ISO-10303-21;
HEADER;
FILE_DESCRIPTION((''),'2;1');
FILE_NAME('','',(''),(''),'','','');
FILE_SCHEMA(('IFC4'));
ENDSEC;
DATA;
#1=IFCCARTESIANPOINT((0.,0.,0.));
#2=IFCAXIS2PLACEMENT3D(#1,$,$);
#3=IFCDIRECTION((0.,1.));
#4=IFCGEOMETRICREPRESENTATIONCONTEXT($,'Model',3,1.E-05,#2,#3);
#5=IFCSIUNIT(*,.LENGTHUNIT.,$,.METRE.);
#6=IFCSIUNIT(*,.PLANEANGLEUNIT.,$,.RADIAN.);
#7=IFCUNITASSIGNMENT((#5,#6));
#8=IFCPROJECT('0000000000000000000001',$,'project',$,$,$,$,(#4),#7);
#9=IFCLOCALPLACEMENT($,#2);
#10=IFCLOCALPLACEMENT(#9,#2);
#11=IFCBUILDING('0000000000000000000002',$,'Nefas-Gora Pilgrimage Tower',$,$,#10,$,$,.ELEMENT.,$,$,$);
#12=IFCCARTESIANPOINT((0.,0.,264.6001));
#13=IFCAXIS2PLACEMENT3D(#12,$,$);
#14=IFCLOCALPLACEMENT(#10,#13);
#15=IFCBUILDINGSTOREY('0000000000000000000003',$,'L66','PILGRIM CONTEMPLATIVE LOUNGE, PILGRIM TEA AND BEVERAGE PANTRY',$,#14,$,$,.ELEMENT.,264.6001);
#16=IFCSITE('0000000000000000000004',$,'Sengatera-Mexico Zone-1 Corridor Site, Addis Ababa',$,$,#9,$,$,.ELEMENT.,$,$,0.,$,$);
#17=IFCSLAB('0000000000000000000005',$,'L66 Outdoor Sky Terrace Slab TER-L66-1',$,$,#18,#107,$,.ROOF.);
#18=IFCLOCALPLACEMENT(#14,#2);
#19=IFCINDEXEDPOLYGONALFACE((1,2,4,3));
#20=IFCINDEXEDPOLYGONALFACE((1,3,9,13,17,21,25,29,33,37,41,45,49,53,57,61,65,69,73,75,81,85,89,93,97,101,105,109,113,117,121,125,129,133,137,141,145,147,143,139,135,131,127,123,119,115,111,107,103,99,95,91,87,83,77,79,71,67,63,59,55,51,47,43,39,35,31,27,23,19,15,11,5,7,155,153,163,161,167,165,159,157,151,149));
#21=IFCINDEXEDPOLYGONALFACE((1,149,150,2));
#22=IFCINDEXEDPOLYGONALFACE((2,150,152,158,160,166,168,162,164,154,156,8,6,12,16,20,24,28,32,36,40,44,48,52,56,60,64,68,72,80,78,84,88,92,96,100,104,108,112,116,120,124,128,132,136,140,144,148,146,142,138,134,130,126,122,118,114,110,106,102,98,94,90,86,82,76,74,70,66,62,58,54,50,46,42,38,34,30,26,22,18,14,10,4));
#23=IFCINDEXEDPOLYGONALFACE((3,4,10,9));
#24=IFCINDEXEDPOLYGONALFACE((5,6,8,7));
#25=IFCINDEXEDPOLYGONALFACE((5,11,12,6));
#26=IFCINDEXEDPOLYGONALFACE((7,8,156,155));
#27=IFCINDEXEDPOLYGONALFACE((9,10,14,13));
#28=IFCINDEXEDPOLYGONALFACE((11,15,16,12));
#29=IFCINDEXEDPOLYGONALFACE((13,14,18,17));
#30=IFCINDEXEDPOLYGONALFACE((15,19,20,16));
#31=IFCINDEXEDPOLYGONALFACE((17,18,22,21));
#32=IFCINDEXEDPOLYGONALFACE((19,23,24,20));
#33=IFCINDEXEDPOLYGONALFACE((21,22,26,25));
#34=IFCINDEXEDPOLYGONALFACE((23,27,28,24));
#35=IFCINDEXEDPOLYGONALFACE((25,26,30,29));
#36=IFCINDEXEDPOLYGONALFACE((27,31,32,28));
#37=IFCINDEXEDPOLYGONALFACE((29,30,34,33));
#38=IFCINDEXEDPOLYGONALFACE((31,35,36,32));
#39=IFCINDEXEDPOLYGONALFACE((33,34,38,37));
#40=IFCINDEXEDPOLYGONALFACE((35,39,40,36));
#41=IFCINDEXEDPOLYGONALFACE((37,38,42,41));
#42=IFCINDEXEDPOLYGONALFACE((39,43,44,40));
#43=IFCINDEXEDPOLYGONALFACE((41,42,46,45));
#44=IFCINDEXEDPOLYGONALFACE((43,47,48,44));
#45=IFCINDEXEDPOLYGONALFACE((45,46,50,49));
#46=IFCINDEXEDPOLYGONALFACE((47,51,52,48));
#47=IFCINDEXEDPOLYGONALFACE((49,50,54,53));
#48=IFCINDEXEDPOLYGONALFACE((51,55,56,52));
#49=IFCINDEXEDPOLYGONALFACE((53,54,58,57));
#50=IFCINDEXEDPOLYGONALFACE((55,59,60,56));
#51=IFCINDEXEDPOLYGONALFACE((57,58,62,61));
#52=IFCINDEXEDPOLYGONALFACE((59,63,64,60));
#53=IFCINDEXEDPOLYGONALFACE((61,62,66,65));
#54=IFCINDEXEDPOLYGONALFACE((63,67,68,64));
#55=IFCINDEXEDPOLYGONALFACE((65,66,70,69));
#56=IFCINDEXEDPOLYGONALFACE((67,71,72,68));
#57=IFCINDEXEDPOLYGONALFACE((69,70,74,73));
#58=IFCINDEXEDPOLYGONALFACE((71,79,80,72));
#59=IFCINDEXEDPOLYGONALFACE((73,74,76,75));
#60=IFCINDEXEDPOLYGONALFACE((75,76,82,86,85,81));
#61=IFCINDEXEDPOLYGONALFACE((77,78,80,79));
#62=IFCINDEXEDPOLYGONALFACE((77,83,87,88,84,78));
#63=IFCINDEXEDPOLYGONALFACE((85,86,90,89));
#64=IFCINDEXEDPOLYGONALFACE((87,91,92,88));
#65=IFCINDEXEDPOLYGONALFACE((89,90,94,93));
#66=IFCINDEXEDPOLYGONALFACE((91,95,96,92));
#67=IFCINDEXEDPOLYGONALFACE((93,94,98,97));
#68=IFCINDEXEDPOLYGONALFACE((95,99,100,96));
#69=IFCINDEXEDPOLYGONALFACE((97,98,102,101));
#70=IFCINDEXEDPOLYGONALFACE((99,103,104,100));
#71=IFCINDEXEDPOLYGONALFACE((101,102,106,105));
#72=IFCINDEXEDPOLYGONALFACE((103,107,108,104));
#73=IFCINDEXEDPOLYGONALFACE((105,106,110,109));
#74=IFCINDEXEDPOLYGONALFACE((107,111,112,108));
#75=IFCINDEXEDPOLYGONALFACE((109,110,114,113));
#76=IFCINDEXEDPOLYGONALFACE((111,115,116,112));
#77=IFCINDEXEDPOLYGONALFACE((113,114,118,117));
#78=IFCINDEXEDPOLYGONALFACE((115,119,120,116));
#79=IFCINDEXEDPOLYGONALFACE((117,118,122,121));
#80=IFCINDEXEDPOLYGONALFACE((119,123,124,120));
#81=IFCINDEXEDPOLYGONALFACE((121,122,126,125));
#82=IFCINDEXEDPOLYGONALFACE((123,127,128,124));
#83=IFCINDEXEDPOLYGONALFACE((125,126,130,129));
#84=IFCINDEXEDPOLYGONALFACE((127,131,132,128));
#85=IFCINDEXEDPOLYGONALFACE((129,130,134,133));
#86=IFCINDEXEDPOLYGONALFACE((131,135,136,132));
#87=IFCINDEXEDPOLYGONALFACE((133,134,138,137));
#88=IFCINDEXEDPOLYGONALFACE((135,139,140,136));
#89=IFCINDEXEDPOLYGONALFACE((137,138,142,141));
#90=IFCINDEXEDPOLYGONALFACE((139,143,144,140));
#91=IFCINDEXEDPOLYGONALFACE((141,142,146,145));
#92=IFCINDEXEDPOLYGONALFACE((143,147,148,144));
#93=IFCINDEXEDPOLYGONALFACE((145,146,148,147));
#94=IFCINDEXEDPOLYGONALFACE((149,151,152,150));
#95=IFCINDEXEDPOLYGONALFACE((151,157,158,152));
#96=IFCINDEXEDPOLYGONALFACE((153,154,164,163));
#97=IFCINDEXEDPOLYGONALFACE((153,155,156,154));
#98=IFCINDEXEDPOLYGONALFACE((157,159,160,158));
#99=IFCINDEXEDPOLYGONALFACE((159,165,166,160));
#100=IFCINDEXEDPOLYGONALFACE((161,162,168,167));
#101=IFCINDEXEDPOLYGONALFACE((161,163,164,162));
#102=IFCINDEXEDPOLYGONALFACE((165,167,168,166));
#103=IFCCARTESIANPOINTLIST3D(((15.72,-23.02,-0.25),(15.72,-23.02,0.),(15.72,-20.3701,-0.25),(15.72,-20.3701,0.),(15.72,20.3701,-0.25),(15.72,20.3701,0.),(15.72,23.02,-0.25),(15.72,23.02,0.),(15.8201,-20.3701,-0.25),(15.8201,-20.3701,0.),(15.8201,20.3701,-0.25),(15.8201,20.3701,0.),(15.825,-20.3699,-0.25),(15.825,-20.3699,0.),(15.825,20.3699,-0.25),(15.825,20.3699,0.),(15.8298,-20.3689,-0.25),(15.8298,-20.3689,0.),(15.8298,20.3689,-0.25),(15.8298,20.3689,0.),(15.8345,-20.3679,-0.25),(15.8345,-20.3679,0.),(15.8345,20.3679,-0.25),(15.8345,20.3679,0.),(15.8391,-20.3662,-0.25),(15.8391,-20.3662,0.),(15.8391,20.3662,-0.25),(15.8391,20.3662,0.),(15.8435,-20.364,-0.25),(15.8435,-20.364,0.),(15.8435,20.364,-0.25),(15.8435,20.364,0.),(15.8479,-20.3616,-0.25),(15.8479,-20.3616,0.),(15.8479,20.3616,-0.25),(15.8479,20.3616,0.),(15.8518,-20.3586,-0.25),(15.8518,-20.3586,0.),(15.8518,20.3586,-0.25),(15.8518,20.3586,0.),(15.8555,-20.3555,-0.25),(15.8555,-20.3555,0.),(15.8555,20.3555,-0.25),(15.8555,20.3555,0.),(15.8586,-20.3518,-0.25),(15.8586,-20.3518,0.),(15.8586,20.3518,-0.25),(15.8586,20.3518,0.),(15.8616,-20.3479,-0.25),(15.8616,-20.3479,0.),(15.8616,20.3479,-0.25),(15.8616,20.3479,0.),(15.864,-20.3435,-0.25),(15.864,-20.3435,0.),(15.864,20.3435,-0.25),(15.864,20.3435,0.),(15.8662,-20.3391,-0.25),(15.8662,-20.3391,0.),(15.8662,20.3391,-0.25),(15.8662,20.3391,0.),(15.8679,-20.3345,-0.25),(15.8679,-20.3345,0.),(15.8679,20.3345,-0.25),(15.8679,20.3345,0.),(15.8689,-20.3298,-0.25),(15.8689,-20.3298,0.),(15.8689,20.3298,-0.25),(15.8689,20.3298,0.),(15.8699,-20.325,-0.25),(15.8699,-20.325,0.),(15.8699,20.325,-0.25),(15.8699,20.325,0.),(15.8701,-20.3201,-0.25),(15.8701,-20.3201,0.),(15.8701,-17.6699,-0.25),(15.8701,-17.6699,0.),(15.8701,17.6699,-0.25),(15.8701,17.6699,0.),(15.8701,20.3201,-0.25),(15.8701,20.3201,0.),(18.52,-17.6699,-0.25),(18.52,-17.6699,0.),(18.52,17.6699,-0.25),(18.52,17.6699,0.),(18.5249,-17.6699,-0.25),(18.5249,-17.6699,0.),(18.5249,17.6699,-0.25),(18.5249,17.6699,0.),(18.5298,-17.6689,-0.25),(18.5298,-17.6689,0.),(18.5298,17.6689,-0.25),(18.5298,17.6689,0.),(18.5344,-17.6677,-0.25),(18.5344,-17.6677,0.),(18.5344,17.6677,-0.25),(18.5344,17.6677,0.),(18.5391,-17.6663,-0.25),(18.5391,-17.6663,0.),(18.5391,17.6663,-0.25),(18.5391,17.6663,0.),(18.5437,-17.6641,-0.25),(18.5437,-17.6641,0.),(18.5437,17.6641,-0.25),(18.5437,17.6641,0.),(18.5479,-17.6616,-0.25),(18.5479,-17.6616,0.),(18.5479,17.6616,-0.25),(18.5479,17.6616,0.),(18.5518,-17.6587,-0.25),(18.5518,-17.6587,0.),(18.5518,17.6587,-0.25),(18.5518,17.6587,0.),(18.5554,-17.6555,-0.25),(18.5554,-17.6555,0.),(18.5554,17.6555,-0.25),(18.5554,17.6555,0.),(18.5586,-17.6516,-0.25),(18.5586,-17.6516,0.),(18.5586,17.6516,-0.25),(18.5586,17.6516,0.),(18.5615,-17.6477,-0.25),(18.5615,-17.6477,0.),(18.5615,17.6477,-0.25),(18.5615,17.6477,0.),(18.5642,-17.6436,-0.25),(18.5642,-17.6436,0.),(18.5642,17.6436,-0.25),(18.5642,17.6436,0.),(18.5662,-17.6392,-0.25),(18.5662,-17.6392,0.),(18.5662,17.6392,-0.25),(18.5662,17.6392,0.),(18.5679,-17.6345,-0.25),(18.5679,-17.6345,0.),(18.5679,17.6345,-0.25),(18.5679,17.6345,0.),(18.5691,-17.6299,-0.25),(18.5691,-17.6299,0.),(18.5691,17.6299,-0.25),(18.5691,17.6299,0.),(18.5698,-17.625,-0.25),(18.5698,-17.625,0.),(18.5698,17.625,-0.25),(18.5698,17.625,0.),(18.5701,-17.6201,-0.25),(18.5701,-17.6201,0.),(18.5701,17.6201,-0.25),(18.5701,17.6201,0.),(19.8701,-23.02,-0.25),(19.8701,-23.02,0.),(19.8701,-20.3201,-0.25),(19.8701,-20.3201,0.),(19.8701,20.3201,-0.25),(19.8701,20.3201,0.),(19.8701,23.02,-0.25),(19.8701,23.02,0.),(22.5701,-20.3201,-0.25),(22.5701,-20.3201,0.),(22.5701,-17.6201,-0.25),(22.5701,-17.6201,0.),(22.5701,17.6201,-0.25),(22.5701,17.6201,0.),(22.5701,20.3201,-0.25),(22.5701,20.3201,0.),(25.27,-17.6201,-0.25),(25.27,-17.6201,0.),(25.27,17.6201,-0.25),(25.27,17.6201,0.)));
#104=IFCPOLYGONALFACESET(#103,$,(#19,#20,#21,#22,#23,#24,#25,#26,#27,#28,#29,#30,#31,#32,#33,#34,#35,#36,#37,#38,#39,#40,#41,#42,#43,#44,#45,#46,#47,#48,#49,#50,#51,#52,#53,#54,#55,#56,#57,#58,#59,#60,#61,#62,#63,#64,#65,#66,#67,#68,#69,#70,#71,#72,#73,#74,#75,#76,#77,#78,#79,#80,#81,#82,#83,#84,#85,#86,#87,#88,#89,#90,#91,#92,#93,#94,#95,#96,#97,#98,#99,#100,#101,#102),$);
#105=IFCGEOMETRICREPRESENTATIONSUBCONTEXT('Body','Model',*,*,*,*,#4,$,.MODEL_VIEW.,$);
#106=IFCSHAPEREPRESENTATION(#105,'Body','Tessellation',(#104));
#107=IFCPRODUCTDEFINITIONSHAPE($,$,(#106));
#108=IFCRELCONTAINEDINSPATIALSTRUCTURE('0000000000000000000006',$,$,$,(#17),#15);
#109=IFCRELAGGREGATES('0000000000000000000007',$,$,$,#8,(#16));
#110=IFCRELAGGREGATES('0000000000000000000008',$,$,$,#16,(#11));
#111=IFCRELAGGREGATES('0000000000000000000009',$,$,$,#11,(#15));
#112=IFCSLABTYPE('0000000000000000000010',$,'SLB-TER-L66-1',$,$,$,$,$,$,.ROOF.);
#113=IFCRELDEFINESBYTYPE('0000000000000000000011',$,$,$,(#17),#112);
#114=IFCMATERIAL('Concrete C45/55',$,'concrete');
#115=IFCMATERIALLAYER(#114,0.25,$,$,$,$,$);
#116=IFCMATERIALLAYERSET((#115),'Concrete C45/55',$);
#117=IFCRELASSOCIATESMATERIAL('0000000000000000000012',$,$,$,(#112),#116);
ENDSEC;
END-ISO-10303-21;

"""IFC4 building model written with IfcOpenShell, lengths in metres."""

from ifc_helpers import new_model, si_unit, direction, frame, origin, place, context, subcontext, project, spatial, polyline, outline, extrude, material, layer, layer_set, type_object, element, save


model = new_model("IFC4")

# Units and contexts
model_context = context("Model", 3, precision=1e-05, world=origin(), true_north=direction((0.0, 1.0)))
body_context = subcontext(model_context, "Body", "Model", "MODEL_VIEW")
ifc_project = project(units=[si_unit("LENGTHUNIT", "METRE"), si_unit("PLANEANGLEUNIT", "RADIAN")], contexts=[model_context])

# Site, building, storey
site_placement = place(None, origin())
site = spatial("IfcSite", under=ifc_project, at=site_placement, Name="Sengatera-Mexico Zone-1 Corridor Site, Addis Ababa", CompositionType="ELEMENT", RefElevation=0.0)
building_placement = place(site_placement, origin())
building = spatial("IfcBuilding", under=site, at=building_placement, Name="Nefas-Gora Pilgrimage Tower", CompositionType="ELEMENT")
storey_placement = place(building_placement, frame((0.0, 0.0, 264.6001)))
storey = spatial("IfcBuildingStorey", under=building, at=storey_placement, Name="L66", Description="PILGRIM CONTEMPLATIVE LOUNGE, PILGRIM TEA AND BEVERAGE PANTRY", CompositionType="ELEMENT", Elevation=264.6001)

# Slab
ifc_material_1 = material(Name="Concrete C45/55", Category="concrete")
ifc_layer_1 = layer(ifc_material_1, 0.25)
ifc_layer_set_1 = layer_set([ifc_layer_1], Name="Concrete C45/55")
slab_type_1 = type_object("IfcSlabType", Name="SLB-TER-L66-1", PredefinedType="ROOF", material=ifc_layer_set_1)
slab_1_placement = place(storey_placement, frame((0.0, 0.0, -0.25)))
element("IfcSlab", 1, at=slab_1_placement, inside=storey, type_object=slab_type_1, Name="L66 Outdoor Sky Terrace Slab TER-L66-1", PredefinedType="ROOF", context=body_context, shape_type="SweptSolid", body=[
    extrude(outline(polyline([(19.8701, 23.02), (15.72, 23.02), (15.72, 20.3701), (15.8201, 20.3701), (15.825, 20.3699), (15.8298, 20.3689), (15.8345, 20.3679), (15.8391, 20.3662), (15.8435, 20.364), (15.8479, 20.3616), (15.8518, 20.3586), (15.8555, 20.3555), (15.8586, 20.3518), (15.8616, 20.3479), (15.864, 20.3435), (15.8662, 20.3391), (15.8679, 20.3345), (15.8689, 20.3298), (15.8699, 20.325), (15.8701, 20.3201), (15.8701, 17.6699), (18.52, 17.6699), (18.5249, 17.6699), (18.5298, 17.6689), (18.5344, 17.6677), (18.5391, 17.6663), (18.5437, 17.6641), (18.5479, 17.6616), (18.5518, 17.6587), (18.5554, 17.6555), (18.5586, 17.6516), (18.5615, 17.6477), (18.5642, 17.6436), (18.5662, 17.6392), (18.5679, 17.6345), (18.5691, 17.6299), (18.5698, 17.625), (18.5701, 17.6201), (18.5701, -17.6201), (18.5698, -17.625), (18.5691, -17.6299), (18.5679, -17.6345), (18.5662, -17.6392), (18.5642, -17.6436), (18.5615, -17.6477), (18.5586, -17.6516), (18.5554, -17.6555), (18.5518, -17.6587), (18.5479, -17.6616), (18.5437, -17.6641), (18.5391, -17.6663), (18.5344, -17.6677), (18.5298, -17.6689), (18.5249, -17.6699), (18.52, -17.6699), (15.8701, -17.6699), (15.8701, -20.3201), (15.8699, -20.325), (15.8689, -20.3298), (15.8679, -20.3345), (15.8662, -20.3391), (15.864, -20.3435), (15.8616, -20.3479), (15.8586, -20.3518), (15.8555, -20.3555), (15.8518, -20.3586), (15.8479, -20.3616), (15.8435, -20.364), (15.8391, -20.3662), (15.8345, -20.3679), (15.8298, -20.3689), (15.825, -20.3699), (15.8201, -20.3701), (15.72, -20.3701), (15.72, -23.02), (19.8701, -23.02), (19.8701, -20.3201), (22.5701, -20.3201), (22.5701, -17.6201), (25.27, -17.6201), (25.27, 17.6201), (22.5701, 17.6201), (22.5701, 20.3201), (19.8701, 20.3201), (19.8701, 23.02)])), origin(), (0.0, 0.0, 1.0), 0.25),
])

save(model, "model.ifc")
